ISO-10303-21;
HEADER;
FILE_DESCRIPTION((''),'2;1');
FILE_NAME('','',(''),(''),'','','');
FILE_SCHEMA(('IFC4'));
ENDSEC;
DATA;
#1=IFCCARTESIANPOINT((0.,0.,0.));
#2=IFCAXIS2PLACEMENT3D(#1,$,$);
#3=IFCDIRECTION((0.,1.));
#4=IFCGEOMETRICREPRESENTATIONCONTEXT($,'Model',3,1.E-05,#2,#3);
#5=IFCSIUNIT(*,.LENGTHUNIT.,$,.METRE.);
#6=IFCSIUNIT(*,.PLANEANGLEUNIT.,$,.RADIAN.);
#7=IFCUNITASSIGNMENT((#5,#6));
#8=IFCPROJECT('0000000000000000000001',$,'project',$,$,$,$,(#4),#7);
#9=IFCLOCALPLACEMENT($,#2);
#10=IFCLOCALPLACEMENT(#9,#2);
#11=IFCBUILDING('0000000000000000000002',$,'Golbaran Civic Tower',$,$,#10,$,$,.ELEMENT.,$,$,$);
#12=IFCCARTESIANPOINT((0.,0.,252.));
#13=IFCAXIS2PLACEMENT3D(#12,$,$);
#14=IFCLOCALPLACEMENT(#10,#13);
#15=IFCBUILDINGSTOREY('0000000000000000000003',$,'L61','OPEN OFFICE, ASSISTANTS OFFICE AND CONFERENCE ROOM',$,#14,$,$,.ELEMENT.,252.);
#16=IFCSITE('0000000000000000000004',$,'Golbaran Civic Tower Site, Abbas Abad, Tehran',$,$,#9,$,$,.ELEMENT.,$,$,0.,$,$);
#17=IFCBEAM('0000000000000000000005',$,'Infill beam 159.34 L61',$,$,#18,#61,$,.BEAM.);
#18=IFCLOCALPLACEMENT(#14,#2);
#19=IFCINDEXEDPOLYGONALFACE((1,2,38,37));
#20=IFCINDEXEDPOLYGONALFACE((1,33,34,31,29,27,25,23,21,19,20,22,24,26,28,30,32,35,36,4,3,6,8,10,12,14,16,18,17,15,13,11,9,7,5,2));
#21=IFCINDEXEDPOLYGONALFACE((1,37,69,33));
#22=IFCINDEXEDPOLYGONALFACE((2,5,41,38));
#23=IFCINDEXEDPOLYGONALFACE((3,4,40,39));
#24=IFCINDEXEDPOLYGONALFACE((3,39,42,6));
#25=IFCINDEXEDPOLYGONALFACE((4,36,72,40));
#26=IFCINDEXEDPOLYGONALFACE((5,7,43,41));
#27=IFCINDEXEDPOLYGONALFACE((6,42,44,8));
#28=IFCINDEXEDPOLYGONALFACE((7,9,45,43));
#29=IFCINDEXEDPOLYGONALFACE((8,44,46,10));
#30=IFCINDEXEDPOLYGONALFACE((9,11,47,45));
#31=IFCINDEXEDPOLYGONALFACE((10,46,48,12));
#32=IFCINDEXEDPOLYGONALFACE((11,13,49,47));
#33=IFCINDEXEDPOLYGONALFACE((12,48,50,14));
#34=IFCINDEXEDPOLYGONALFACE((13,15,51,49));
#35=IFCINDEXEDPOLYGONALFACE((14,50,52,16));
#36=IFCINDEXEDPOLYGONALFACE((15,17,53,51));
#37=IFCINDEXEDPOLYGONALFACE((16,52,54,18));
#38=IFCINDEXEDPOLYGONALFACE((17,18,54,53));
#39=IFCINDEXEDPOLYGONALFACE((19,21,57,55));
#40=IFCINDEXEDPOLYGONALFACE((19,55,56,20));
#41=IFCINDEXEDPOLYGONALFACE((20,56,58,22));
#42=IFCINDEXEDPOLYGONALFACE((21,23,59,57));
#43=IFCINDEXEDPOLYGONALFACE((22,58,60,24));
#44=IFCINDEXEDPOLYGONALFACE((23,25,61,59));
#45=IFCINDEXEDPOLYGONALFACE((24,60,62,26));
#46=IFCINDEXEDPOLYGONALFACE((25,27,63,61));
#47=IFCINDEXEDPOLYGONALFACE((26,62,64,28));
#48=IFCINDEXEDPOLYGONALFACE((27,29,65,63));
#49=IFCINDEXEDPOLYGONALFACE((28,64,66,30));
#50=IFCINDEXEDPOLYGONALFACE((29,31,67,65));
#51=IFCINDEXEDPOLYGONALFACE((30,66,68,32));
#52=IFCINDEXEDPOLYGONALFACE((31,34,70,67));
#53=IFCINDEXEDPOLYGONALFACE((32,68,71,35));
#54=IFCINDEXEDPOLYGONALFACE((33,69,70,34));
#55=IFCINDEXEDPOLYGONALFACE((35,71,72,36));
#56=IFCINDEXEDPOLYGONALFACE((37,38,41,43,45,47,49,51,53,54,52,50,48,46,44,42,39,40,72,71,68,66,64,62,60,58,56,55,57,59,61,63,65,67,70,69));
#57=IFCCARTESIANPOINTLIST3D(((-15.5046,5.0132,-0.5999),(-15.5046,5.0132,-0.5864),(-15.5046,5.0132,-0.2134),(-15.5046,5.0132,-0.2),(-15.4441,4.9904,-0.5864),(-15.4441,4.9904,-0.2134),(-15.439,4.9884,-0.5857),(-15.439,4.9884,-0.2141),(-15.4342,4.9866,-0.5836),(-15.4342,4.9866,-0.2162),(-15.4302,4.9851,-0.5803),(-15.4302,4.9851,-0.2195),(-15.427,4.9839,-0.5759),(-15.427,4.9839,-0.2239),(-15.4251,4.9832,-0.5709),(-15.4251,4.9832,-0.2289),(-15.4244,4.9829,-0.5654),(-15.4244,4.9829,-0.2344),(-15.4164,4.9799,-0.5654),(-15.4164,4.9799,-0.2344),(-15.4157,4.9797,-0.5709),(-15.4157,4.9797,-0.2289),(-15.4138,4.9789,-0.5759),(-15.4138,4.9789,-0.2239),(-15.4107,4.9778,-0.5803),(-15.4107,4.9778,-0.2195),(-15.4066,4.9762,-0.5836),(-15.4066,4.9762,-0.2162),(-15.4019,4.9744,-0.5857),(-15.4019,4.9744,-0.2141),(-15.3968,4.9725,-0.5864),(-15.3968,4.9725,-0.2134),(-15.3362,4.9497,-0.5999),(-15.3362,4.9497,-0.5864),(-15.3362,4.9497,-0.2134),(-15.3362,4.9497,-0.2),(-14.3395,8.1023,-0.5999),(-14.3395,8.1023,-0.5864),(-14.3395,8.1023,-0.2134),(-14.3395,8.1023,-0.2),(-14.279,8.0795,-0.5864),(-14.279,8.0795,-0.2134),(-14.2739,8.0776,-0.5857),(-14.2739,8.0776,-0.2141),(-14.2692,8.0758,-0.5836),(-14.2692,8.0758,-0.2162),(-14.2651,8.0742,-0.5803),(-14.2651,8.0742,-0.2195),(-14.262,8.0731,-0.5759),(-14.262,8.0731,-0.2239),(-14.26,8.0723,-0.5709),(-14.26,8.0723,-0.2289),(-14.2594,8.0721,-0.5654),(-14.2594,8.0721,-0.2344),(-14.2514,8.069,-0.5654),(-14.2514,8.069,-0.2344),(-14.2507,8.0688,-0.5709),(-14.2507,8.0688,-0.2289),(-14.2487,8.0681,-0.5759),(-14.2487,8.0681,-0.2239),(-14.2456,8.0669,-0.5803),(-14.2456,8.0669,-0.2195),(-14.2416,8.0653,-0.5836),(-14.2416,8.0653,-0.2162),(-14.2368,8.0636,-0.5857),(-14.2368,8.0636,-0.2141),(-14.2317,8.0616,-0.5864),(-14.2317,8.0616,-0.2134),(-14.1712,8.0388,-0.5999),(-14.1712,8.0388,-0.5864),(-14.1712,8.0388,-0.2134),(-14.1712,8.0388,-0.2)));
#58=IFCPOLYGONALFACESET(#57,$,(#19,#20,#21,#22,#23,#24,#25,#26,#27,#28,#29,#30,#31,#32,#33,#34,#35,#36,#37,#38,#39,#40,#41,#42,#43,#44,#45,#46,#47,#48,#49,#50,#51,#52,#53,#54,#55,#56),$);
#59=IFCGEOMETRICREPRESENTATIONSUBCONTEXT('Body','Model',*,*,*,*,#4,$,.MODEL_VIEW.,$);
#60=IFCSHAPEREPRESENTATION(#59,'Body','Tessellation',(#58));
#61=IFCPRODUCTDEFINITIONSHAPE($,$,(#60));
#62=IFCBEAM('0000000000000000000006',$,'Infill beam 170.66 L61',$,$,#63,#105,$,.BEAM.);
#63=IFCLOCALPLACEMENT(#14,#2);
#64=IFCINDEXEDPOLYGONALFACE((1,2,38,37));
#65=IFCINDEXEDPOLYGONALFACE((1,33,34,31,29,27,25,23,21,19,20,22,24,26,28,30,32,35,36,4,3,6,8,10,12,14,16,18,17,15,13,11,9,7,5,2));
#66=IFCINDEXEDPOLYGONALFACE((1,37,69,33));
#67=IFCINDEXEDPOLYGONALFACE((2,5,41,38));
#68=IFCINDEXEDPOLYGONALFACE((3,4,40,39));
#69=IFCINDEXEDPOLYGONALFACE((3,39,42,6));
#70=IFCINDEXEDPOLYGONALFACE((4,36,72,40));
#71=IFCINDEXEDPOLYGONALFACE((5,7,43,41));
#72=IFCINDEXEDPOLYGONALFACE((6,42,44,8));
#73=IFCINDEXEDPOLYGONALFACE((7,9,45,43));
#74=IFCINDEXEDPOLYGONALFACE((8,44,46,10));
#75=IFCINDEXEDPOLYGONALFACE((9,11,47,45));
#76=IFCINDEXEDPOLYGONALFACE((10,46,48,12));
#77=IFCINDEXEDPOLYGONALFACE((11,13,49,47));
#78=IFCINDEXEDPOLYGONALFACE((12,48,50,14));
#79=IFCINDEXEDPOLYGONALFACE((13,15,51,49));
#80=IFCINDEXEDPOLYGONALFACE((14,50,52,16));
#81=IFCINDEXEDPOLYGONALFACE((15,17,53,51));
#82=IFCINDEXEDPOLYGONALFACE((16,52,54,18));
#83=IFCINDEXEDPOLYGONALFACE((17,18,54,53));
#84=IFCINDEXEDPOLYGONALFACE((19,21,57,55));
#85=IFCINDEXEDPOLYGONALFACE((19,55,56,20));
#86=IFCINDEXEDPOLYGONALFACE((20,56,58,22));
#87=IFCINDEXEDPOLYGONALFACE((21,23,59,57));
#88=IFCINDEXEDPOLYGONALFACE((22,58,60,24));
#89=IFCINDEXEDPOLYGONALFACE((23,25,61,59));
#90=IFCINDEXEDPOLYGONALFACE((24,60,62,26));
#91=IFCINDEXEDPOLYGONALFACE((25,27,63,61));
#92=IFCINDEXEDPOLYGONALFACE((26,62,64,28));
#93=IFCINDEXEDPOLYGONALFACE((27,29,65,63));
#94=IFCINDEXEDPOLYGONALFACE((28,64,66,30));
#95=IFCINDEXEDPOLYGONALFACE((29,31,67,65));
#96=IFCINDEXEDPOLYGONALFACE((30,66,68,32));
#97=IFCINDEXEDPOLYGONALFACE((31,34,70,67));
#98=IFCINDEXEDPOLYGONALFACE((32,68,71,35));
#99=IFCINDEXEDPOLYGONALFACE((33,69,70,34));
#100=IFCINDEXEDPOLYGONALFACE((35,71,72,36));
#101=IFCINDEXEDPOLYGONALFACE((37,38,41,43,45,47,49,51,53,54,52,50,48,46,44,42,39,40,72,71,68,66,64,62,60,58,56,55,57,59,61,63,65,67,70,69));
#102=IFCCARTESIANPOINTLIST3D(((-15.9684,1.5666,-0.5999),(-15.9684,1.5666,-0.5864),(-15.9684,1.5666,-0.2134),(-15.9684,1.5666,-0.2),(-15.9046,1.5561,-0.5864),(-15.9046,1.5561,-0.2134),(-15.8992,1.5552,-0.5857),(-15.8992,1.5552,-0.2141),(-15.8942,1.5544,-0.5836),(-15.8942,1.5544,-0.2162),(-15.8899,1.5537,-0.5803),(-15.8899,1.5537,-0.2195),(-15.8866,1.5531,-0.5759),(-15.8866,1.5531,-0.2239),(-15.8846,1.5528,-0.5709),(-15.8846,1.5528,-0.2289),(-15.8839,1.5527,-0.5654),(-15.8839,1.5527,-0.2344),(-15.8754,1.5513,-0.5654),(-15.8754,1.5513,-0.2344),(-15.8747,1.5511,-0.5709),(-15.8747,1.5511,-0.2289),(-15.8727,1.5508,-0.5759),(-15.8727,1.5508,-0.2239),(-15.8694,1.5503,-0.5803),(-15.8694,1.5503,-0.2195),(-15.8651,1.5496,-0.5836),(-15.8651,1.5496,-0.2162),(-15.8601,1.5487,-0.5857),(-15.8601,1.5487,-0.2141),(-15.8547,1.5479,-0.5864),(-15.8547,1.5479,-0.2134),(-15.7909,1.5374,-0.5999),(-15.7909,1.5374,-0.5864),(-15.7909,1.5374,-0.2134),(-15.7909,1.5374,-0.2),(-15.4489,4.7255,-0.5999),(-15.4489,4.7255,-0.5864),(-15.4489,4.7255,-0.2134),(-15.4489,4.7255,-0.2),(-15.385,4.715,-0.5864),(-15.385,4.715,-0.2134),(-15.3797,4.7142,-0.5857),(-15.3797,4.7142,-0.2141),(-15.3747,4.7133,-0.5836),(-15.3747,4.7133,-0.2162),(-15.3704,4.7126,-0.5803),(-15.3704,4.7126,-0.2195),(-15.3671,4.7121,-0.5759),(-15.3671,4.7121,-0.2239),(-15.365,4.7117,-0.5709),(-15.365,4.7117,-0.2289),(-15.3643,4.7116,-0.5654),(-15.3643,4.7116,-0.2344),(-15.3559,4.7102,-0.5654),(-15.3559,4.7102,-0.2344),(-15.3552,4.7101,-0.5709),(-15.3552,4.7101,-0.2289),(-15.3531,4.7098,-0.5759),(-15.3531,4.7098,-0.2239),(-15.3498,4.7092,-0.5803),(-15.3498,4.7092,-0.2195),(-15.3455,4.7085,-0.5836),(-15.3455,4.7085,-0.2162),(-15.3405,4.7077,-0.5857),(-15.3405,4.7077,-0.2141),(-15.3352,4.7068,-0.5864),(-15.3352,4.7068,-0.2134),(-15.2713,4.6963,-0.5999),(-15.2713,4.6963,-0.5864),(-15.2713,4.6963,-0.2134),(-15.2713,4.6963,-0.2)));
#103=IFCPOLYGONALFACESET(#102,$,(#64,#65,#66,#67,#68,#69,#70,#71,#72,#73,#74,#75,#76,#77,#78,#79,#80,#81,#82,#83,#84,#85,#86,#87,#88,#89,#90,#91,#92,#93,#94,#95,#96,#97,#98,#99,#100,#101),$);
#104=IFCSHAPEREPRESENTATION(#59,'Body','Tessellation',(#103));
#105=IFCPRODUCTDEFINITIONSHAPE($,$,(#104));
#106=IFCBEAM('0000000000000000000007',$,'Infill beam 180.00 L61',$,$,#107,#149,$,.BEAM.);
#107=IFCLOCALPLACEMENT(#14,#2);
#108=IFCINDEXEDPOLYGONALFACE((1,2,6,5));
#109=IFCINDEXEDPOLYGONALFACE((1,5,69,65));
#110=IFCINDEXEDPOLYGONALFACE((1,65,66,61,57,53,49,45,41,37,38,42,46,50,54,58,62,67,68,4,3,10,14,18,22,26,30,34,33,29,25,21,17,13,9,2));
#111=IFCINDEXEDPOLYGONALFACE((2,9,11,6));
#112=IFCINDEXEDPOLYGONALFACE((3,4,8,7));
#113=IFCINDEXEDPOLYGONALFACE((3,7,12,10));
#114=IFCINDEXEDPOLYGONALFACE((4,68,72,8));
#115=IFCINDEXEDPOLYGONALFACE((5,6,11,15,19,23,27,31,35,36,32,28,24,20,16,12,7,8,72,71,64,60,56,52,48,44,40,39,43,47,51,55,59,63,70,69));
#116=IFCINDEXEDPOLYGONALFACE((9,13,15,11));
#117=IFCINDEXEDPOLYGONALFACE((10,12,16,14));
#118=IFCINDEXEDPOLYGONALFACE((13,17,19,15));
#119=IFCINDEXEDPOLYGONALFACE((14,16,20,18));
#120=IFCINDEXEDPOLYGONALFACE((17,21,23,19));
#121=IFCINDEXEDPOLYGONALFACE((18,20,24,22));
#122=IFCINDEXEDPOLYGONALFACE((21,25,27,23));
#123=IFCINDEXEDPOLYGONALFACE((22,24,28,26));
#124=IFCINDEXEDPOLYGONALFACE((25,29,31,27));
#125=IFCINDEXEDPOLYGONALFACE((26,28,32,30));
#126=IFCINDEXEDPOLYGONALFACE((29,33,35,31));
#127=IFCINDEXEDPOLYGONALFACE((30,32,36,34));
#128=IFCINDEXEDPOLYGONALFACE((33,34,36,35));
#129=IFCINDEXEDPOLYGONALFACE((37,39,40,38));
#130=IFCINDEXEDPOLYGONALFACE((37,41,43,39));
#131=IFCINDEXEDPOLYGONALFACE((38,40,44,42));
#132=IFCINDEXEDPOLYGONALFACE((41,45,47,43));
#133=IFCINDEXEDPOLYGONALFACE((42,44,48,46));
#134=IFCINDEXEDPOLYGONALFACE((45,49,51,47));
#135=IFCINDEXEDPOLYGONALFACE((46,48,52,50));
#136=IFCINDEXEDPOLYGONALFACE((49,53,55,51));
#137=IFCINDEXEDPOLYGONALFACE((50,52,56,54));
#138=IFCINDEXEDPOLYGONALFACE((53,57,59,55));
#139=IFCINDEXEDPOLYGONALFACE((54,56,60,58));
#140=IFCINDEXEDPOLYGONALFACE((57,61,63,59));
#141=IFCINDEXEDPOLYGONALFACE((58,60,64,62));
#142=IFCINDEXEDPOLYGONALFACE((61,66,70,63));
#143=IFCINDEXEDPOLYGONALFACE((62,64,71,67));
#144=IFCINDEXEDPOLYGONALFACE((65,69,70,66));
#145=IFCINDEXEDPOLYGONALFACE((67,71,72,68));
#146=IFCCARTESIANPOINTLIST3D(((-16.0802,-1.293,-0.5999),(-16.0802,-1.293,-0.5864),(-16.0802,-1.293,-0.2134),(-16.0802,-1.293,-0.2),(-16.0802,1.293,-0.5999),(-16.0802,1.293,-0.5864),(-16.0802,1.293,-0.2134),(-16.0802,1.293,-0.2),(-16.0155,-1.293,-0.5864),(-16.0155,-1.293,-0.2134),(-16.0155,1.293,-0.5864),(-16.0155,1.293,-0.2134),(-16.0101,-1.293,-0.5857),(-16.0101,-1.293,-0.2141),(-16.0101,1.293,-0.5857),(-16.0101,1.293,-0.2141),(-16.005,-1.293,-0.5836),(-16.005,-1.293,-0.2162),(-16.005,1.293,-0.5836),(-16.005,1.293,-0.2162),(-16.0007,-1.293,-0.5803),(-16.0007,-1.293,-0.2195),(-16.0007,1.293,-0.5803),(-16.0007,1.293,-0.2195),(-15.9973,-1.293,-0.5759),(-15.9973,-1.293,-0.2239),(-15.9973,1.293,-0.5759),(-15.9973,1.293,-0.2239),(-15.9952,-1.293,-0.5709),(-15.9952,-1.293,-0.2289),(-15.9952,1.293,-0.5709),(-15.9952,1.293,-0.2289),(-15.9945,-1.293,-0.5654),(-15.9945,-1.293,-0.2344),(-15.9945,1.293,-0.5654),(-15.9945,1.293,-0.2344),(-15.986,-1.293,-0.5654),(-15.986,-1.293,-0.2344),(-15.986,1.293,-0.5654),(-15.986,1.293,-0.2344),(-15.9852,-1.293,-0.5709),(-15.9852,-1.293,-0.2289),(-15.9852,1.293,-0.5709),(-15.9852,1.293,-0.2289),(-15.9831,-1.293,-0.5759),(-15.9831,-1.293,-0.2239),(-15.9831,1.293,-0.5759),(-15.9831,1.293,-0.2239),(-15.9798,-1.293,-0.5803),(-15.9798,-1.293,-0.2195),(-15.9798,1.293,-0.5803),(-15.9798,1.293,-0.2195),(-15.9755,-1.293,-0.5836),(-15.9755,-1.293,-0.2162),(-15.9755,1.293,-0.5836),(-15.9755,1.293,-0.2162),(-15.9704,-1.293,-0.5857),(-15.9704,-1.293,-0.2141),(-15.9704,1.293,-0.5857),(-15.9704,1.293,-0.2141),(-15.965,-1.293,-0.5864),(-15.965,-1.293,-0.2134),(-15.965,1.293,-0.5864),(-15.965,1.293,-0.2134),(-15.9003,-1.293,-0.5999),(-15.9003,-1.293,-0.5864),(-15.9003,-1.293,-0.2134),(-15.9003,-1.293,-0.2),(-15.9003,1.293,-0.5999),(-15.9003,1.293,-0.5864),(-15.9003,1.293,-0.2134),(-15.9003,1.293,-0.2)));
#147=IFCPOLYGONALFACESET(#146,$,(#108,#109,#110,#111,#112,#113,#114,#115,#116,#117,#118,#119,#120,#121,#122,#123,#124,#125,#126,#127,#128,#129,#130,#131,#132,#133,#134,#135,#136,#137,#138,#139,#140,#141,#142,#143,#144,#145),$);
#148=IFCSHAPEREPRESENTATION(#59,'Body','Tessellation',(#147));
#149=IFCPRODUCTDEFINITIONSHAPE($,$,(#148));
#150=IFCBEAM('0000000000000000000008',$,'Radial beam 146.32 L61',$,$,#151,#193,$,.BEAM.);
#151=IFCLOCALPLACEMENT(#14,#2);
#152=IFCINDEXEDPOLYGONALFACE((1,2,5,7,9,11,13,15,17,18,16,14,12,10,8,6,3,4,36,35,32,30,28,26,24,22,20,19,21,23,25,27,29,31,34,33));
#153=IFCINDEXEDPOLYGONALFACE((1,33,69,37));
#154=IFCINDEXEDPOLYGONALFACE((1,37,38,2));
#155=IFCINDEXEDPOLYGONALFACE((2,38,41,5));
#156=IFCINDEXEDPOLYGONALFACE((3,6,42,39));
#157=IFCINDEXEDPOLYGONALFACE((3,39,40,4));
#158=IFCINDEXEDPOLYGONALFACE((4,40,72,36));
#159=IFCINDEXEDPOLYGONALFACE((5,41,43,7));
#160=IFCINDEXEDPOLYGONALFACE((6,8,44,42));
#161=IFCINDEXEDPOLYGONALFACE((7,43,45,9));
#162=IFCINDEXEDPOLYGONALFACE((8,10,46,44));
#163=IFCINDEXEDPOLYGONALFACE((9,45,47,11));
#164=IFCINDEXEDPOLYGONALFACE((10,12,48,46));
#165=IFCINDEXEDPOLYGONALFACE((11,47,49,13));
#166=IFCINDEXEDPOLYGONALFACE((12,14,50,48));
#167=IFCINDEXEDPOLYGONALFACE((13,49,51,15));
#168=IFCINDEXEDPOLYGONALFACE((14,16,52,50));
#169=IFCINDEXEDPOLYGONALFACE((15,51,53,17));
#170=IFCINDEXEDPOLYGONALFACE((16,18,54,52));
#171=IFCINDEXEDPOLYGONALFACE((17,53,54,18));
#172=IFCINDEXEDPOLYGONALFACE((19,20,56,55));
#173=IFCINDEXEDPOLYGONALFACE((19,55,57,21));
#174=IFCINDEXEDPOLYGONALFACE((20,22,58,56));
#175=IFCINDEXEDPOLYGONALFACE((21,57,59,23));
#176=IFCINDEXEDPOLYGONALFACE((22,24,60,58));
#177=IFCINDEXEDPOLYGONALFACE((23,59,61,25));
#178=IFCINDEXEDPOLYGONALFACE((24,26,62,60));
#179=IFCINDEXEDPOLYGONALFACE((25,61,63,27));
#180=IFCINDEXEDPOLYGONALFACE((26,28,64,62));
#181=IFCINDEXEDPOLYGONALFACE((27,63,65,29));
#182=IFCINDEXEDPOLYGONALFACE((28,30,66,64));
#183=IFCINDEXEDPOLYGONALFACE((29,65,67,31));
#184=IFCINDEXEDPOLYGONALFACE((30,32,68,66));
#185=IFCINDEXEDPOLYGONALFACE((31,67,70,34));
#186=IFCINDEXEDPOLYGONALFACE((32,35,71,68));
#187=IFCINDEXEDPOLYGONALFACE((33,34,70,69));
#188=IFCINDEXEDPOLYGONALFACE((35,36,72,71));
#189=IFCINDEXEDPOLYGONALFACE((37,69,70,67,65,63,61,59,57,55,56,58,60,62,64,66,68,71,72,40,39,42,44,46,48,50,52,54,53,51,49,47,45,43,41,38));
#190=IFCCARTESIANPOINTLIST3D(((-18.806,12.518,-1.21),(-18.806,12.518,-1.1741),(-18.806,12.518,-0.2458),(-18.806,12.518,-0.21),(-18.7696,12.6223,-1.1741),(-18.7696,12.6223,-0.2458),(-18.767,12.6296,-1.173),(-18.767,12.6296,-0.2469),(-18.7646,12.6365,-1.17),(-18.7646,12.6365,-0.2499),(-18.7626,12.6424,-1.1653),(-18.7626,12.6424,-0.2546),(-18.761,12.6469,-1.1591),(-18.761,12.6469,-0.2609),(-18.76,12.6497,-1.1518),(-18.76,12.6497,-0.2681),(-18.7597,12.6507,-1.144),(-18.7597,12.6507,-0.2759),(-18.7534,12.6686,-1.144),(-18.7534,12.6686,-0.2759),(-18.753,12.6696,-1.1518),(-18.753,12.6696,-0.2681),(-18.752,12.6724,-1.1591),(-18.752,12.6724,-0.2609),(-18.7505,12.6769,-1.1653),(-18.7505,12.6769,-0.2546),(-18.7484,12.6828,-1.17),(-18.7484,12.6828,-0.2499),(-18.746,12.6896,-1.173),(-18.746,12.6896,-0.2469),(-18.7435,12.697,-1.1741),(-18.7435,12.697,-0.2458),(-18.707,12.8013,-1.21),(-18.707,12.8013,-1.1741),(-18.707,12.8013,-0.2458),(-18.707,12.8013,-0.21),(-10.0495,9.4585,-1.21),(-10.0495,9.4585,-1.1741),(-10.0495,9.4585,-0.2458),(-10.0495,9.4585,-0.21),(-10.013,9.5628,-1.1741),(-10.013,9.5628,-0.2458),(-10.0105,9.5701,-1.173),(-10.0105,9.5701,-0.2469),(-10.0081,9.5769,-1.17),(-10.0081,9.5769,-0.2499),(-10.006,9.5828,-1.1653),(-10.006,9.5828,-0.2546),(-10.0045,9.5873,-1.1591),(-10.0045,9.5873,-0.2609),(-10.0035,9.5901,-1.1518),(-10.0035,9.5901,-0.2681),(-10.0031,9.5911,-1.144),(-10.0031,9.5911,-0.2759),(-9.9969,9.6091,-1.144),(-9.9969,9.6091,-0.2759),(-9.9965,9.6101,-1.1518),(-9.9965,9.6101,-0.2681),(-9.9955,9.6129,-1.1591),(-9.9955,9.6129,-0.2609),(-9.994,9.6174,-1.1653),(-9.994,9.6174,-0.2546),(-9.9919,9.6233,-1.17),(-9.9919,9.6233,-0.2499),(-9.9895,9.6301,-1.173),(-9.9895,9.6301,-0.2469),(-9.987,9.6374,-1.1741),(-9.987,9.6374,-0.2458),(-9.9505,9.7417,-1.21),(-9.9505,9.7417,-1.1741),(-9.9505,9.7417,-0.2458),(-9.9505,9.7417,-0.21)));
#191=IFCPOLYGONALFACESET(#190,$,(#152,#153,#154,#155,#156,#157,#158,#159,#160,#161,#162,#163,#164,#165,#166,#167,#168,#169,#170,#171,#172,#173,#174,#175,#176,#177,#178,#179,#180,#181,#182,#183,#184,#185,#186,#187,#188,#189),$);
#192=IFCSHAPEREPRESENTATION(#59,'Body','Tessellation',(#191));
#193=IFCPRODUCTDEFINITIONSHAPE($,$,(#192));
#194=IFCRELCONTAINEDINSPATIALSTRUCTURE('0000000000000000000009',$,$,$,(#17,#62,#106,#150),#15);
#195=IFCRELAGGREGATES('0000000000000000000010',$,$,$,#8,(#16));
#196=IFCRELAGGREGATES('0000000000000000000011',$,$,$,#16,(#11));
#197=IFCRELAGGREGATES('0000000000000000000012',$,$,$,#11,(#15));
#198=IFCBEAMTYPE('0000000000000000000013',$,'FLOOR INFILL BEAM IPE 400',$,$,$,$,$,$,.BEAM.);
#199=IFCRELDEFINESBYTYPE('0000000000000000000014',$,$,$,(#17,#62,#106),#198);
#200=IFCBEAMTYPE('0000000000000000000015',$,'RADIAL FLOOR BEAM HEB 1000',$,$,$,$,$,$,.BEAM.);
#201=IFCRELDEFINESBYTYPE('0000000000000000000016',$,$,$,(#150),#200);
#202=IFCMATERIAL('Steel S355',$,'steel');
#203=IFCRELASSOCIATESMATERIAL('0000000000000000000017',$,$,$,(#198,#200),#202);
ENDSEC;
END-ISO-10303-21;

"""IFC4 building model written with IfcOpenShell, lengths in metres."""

from ifc_helpers import new_model, si_unit, direction, frame, origin, origin_2d, place, context, subcontext, project, spatial, i_section, extrude, material, material_profile, profile_set, type_object, element, save


model = new_model("IFC4")

# Units and contexts
model_context = context("Model", 3, precision=1e-05, world=origin(), true_north=direction((0.0, 1.0)))
body_context = subcontext(model_context, "Body", "Model", "MODEL_VIEW")
ifc_project = project(units=[si_unit("LENGTHUNIT", "METRE"), si_unit("PLANEANGLEUNIT", "RADIAN")], contexts=[model_context])

# Site, building, storey
site_placement = place(None, origin())
site = spatial("IfcSite", under=ifc_project, at=site_placement, Name="Golbaran Civic Tower Site, Abbas Abad, Tehran", CompositionType="ELEMENT", RefElevation=0.0)
building_placement = place(site_placement, origin())
building = spatial("IfcBuilding", under=site, at=building_placement, Name="Golbaran Civic Tower", CompositionType="ELEMENT")
storey_placement = place(building_placement, frame((0.0, 0.0, 252.0)))
storey = spatial("IfcBuildingStorey", under=building, at=storey_placement, Name="L61", Description="OPEN OFFICE, ASSISTANTS OFFICE AND CONFERENCE ROOM", CompositionType="ELEMENT", Elevation=252.0)

# Beams
ifc_material_1 = material(Name="Steel S355", Category="steel")
ifc_material_profile_1 = material_profile(ifc_material_1, i_section(OverallWidth=0.1799, OverallDepth=0.3999, WebThickness=0.0085, FlangeThickness=0.0134, FilletRadius=0.021, at=origin_2d()), Name="IPE 400")
ifc_profile_set_1 = profile_set([ifc_material_profile_1], Name="Steel S355")
beam_type_1 = type_object("IfcBeamType", Name="FLOOR INFILL BEAM IPE 400", PredefinedType="BEAM", material=ifc_profile_set_1)
beam_1_placement = place(storey_placement, frame((-14.2554, 8.0706, -0.3999), z_axis=(-0.352881, -0.935668, 0.0), x_axis=(0.935668, -0.352881, 0.0)))
element("IfcBeam", 1, at=beam_1_placement, inside=storey, type_object=beam_type_1, Name="Infill beam 159.34 L61", PredefinedType="BEAM", context=body_context, shape_type="SweptSolid", body=[
    extrude(i_section(OverallWidth=0.1799, OverallDepth=0.3999, WebThickness=0.0085, FlangeThickness=0.0134, FilletRadius=0.021, at=origin_2d()), origin(), (0.0, 0.0, 1.0), 3.3015),
])
beam_2_placement = place(storey_placement, frame((-15.3601, 4.7109, -0.3999), z_axis=(-0.162284, -0.986744, 0.0), x_axis=(0.986744, -0.162284, 0.0)))
element("IfcBeam", 2, at=beam_2_placement, inside=storey, type_object=beam_type_1, Name="Infill beam 170.66 L61", PredefinedType="BEAM", context=body_context, shape_type="SweptSolid", body=[
    extrude(i_section(OverallWidth=0.1799, OverallDepth=0.3999, WebThickness=0.0085, FlangeThickness=0.0134, FilletRadius=0.021, at=origin_2d()), origin(), (0.0, 0.0, 1.0), 3.2014),
])
beam_3_placement = place(storey_placement, frame((-15.9902, 1.293, -0.3999), z_axis=(0.0, -1.0, 0.0), x_axis=(1.0, 0.0, 0.0)))
element("IfcBeam", 3, at=beam_3_placement, inside=storey, type_object=beam_type_1, Name="Infill beam 180.00 L61", PredefinedType="BEAM", context=body_context, shape_type="SweptSolid", body=[
    extrude(i_section(OverallWidth=0.1799, OverallDepth=0.3999, WebThickness=0.0085, FlangeThickness=0.0134, FilletRadius=0.021, at=origin_2d()), origin(), (0.0, 0.0, 1.0), 2.5859),
])
ifc_material_profile_2 = material_profile(ifc_material_1, i_section(OverallWidth=0.3, OverallDepth=1.0, WebThickness=0.019, FlangeThickness=0.0359, FilletRadius=0.03, at=origin_2d()), Name="HEB 1000")
ifc_profile_set_2 = profile_set([ifc_material_profile_2], Name="Steel S355")
beam_type_2 = type_object("IfcBeamType", Name="RADIAL FLOOR BEAM HEB 1000", PredefinedType="BEAM", material=ifc_profile_set_2)
beam_4_placement = place(storey_placement, frame((-10.0, 9.6001, -0.71), z_axis=(-0.944034, 0.329847, 0.0), x_axis=(-0.329847, -0.944034, 0.0)))
element("IfcBeam", 4, at=beam_4_placement, inside=storey, type_object=beam_type_2, Name="Radial beam 146.32 L61", PredefinedType="BEAM", context=body_context, shape_type="SweptSolid", body=[
    extrude(i_section(OverallWidth=0.3, OverallDepth=1.0, WebThickness=0.019, FlangeThickness=0.0359, FilletRadius=0.03, at=origin_2d()), origin(), (0.0, 0.0, 1.0), 9.2756),
])

save(model, "model.ifc")
